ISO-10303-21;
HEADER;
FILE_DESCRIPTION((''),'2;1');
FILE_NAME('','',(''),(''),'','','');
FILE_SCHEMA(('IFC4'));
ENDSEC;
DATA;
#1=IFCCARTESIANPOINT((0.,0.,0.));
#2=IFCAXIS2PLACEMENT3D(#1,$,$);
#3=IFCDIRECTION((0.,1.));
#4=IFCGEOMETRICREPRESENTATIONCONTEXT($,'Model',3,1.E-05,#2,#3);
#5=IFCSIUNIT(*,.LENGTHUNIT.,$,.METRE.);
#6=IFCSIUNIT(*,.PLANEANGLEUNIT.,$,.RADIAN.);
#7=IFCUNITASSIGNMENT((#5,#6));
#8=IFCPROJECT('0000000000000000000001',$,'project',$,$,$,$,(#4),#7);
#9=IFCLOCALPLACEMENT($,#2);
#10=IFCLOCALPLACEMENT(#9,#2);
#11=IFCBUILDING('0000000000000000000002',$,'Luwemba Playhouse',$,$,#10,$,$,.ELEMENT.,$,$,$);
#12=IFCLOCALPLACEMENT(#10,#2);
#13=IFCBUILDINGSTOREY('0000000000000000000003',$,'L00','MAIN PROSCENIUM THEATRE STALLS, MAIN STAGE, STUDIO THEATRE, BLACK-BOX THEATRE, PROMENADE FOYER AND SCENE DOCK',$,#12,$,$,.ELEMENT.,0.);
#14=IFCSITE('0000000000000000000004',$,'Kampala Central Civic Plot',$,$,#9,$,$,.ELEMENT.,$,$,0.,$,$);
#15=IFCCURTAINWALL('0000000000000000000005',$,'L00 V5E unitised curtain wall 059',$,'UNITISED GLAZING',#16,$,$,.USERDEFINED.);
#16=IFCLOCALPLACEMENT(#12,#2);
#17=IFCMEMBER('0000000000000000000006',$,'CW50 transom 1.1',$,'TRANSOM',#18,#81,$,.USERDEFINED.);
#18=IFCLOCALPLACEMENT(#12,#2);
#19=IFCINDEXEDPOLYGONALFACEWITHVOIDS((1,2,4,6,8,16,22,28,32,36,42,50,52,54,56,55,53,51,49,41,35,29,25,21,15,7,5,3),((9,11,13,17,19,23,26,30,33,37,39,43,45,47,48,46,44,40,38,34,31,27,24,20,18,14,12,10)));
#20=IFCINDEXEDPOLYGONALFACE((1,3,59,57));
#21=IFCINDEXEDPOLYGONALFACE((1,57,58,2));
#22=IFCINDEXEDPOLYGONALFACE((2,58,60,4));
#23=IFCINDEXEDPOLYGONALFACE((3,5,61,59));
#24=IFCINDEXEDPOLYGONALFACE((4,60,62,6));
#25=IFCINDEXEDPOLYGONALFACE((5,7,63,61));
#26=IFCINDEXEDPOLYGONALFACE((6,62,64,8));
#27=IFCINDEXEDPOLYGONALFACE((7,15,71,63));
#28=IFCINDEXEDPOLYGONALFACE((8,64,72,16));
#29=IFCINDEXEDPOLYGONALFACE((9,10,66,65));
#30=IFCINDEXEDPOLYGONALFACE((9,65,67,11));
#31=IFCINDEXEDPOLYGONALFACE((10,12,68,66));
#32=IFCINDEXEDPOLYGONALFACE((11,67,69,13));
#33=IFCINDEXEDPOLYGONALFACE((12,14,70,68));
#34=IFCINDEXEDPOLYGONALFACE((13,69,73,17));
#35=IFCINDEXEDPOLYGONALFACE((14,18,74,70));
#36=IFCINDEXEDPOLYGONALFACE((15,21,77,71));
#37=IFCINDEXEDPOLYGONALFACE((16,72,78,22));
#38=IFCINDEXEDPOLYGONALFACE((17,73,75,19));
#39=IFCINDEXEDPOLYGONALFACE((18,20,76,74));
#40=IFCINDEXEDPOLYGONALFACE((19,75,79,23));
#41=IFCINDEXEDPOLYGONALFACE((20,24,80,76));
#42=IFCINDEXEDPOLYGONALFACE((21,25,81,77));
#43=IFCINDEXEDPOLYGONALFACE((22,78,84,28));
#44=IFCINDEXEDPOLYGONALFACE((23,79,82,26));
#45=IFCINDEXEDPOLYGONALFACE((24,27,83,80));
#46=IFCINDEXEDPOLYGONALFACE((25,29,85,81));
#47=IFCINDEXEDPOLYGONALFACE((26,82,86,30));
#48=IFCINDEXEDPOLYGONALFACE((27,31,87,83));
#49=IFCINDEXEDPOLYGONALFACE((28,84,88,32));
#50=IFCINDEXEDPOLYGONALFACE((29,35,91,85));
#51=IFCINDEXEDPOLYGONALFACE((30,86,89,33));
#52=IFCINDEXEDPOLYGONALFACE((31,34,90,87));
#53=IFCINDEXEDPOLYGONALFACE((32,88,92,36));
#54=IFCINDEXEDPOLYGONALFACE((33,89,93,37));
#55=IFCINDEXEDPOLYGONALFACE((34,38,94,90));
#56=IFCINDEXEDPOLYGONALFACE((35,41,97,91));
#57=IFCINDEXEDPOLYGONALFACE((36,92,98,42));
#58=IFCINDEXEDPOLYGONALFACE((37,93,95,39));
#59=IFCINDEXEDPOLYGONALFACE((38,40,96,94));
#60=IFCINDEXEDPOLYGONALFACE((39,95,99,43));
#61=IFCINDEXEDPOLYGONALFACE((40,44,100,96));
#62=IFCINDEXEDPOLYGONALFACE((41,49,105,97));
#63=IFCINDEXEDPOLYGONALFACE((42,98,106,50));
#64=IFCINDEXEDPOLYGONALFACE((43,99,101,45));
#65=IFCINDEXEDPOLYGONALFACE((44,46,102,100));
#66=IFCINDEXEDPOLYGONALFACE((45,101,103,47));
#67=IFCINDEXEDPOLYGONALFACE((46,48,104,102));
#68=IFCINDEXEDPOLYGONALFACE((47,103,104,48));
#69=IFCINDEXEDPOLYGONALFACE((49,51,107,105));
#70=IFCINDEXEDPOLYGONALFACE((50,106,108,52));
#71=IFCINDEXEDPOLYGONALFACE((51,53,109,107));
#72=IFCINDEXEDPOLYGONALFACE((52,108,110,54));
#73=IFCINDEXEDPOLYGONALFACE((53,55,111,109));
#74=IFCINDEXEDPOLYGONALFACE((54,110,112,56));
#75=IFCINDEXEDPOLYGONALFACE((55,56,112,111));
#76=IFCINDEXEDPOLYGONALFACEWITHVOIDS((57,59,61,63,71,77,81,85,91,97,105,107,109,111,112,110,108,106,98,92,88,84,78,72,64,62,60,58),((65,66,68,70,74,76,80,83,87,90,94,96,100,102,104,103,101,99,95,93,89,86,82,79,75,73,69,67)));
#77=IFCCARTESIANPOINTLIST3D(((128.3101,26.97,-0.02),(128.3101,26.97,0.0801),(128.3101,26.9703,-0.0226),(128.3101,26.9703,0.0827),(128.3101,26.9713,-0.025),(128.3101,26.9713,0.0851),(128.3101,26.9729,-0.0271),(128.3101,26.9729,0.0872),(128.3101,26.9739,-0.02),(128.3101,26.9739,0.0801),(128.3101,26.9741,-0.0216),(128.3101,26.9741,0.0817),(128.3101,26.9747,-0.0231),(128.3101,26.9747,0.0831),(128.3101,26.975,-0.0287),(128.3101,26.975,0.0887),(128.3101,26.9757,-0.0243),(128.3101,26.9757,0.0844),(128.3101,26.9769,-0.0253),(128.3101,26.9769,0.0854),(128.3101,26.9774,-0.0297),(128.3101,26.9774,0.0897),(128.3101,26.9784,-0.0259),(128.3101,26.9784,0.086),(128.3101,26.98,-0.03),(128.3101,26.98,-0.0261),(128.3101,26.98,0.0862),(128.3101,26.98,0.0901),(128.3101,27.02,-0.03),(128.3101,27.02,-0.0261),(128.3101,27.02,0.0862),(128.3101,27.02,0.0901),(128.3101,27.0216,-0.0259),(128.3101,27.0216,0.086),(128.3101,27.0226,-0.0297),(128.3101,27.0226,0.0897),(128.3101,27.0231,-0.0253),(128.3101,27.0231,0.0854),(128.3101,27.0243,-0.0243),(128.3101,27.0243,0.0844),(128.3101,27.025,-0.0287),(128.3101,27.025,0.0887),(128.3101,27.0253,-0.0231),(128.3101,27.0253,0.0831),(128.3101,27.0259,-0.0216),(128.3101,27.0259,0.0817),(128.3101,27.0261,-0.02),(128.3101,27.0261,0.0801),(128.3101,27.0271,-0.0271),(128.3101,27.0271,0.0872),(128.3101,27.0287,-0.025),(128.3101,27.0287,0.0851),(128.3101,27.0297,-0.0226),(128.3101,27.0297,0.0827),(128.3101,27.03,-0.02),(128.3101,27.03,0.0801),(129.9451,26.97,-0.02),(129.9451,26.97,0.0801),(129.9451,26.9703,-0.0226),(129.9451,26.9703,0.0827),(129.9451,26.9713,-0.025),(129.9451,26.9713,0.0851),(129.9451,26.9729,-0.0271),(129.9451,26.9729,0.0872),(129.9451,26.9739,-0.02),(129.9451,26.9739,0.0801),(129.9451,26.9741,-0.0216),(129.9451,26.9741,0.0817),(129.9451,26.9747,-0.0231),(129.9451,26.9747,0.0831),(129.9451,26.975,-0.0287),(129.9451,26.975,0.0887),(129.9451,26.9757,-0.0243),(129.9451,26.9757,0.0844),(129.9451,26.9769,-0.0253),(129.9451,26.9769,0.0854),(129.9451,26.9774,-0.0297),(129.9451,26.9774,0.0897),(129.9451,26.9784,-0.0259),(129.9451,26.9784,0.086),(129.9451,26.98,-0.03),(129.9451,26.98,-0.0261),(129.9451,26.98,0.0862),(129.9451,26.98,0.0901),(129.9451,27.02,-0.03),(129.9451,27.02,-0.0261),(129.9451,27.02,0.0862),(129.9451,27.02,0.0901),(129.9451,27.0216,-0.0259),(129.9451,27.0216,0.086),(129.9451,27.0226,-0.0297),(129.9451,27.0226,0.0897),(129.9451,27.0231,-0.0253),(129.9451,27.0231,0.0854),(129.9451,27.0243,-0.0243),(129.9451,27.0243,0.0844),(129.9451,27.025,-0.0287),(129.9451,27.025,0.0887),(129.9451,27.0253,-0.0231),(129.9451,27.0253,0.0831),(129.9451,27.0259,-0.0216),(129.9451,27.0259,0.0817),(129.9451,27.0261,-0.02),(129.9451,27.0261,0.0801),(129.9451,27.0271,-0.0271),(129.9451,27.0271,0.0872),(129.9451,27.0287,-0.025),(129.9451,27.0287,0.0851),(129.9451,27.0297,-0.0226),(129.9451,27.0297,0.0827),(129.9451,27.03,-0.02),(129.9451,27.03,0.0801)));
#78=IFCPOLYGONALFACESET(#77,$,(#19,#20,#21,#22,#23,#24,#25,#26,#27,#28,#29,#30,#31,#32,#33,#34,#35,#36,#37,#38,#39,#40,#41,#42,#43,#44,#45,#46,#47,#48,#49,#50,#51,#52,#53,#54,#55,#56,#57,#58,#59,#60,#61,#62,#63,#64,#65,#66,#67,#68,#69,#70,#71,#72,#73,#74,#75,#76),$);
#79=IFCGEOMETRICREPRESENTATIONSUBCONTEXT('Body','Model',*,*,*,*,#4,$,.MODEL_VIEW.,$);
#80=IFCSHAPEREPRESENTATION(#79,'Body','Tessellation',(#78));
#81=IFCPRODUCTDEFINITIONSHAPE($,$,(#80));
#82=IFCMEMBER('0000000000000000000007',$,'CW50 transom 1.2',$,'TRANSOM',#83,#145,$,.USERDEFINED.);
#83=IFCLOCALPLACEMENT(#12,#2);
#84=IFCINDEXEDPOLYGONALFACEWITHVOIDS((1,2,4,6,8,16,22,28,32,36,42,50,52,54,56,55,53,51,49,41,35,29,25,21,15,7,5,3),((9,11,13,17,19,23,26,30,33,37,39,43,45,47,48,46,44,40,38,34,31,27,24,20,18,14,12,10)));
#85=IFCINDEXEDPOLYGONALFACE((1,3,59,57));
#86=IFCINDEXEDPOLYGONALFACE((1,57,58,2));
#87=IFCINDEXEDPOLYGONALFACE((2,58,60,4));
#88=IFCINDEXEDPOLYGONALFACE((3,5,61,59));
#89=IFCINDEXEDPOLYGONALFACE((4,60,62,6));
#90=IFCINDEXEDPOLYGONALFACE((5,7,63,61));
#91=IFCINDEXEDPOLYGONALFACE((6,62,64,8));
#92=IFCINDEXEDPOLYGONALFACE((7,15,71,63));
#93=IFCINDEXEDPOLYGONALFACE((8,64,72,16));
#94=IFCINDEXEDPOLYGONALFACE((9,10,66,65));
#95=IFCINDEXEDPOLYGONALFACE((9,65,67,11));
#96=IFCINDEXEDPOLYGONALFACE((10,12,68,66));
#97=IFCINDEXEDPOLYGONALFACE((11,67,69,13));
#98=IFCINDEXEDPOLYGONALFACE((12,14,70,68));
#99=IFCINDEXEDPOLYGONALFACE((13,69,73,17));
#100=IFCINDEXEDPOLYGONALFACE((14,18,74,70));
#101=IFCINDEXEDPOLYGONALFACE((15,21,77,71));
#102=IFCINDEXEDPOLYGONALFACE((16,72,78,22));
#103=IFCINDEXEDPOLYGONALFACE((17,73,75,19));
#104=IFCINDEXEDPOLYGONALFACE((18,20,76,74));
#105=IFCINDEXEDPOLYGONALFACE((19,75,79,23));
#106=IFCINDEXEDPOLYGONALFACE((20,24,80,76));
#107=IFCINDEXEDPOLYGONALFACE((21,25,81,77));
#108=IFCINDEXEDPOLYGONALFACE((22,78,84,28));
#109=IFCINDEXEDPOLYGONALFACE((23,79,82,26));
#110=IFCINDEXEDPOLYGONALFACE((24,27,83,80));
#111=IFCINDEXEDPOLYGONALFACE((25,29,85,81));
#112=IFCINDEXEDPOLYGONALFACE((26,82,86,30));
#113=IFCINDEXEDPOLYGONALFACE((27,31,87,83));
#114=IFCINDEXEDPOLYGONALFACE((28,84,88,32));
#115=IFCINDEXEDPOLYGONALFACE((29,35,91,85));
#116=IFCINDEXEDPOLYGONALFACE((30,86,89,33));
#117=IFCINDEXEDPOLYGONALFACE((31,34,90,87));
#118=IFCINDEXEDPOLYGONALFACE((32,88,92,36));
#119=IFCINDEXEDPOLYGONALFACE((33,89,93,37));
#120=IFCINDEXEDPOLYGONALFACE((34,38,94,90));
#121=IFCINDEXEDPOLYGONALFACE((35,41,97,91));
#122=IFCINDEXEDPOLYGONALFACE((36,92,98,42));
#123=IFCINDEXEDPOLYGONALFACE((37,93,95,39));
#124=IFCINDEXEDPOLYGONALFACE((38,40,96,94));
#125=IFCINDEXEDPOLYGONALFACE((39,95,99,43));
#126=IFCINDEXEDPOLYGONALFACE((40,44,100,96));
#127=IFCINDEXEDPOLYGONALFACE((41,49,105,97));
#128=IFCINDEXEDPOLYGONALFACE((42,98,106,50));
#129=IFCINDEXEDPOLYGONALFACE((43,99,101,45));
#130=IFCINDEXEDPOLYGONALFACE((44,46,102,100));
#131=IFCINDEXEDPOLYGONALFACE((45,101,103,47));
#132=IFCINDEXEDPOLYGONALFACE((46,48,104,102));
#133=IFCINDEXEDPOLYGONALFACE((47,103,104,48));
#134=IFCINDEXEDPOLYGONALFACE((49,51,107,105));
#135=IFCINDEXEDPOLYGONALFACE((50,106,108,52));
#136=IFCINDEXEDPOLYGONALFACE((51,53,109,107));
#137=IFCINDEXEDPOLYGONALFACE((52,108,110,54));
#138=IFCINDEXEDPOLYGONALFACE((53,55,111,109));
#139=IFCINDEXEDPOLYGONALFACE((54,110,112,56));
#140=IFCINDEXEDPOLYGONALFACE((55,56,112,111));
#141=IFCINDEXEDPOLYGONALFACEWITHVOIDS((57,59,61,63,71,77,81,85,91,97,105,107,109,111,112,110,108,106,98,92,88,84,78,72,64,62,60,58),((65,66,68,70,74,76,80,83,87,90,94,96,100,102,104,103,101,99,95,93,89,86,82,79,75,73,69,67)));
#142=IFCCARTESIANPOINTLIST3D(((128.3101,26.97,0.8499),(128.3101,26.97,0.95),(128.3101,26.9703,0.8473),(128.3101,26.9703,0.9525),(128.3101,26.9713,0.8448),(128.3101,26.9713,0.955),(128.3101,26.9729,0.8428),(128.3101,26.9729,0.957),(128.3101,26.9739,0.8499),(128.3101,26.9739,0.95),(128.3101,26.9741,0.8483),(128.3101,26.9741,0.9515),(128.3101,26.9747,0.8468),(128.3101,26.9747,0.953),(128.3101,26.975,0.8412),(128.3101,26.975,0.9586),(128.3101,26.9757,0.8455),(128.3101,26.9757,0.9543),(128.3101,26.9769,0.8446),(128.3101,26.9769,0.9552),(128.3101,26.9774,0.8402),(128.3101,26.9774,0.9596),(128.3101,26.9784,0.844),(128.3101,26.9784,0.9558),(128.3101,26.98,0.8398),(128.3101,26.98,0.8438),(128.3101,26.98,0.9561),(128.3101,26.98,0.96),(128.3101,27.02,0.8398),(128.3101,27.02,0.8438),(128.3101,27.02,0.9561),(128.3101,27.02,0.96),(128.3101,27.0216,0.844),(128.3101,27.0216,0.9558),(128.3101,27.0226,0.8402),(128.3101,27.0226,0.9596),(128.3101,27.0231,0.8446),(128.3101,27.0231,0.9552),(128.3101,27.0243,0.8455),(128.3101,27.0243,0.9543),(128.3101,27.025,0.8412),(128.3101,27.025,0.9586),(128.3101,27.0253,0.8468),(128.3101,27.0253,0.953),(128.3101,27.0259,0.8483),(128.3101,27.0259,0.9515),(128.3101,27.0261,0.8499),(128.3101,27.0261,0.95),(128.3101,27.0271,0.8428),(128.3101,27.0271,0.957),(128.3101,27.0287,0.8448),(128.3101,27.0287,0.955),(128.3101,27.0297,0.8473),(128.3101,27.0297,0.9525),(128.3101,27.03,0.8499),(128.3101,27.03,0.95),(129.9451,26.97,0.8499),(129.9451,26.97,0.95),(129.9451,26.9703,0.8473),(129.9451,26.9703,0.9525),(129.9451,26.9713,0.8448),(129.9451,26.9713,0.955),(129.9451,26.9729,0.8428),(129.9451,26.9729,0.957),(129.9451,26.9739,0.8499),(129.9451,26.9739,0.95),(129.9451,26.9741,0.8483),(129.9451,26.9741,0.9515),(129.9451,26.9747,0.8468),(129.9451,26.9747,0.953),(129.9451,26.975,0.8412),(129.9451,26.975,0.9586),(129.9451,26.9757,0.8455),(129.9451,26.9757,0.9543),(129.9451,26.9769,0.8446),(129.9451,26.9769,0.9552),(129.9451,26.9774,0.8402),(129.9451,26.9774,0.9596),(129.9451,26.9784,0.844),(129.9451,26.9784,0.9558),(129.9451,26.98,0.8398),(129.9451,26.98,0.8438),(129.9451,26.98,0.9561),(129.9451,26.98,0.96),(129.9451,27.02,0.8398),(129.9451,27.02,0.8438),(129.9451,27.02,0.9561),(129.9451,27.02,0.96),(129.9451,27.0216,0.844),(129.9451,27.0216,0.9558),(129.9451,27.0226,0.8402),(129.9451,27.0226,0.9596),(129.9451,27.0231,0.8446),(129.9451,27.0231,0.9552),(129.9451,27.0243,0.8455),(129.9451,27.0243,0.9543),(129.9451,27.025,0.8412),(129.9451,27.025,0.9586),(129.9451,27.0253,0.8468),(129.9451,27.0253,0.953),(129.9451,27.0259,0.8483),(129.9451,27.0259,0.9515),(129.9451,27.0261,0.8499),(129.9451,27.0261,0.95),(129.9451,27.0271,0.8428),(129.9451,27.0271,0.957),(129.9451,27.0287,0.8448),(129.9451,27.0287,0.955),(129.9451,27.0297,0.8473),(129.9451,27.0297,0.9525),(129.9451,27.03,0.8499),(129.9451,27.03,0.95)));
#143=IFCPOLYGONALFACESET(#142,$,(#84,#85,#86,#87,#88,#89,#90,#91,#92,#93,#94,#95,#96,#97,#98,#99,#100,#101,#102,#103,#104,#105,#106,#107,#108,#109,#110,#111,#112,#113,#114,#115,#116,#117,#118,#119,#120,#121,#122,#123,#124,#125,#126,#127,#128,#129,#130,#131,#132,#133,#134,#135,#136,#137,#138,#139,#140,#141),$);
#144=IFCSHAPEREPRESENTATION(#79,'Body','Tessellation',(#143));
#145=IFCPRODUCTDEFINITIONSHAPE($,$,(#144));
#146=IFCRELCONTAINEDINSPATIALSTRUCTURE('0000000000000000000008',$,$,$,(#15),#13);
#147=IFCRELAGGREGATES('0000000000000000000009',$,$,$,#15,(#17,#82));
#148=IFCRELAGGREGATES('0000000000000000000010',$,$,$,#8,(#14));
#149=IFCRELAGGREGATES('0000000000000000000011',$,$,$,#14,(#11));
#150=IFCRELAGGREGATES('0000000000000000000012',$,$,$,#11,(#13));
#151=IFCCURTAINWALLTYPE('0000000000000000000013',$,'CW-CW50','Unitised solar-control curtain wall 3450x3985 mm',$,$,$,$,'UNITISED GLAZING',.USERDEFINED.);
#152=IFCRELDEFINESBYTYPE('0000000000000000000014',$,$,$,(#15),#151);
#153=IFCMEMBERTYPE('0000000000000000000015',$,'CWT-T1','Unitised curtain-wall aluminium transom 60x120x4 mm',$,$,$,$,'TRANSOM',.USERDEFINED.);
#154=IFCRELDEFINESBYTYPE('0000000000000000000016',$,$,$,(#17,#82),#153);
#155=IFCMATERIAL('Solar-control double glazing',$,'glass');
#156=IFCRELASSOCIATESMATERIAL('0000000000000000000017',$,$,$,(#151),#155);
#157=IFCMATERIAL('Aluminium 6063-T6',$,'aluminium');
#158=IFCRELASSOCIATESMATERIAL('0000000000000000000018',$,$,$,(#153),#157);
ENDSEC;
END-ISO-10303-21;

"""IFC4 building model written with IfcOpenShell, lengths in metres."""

from ifc_helpers import new_model, si_unit, direction, frame, origin, origin_2d, place, context, subcontext, project, spatial, hollow_rectangle, extrude, material, material_profile, profile_set, type_object, element, aggregate, save


model = new_model("IFC4")

# Units and contexts
model_context = context("Model", 3, precision=1e-05, world=origin(), true_north=direction((0.0, 1.0)))
body_context = subcontext(model_context, "Body", "Model", "MODEL_VIEW")
ifc_project = project(units=[si_unit("LENGTHUNIT", "METRE"), si_unit("PLANEANGLEUNIT", "RADIAN")], contexts=[model_context])

# Site, building, storey
site_placement = place(None, origin())
site = spatial("IfcSite", under=ifc_project, at=site_placement, Name="Kampala Central Civic Plot", CompositionType="ELEMENT", RefElevation=0.0)
building_placement = place(site_placement, origin())
building = spatial("IfcBuilding", under=site, at=building_placement, Name="Luwemba Playhouse", CompositionType="ELEMENT")
storey_placement = place(building_placement, origin())
storey = spatial("IfcBuildingStorey", under=building, at=storey_placement, Name="L00", Description="MAIN PROSCENIUM THEATRE STALLS, MAIN STAGE, STUDIO THEATRE, BLACK-BOX THEATRE, PROMENADE FOYER AND SCENE DOCK", CompositionType="ELEMENT", Elevation=0.0)

# Curtain wall
ifc_material_1 = material(Name="Solar-control double glazing", Category="glass")
curtain_wall_type_1 = type_object("IfcCurtainWallType", Name="CW-CW50", Description="Unitised solar-control curtain wall 3450x3985 mm", ElementType="UNITISED GLAZING", PredefinedType="USERDEFINED", material=ifc_material_1)
curtain_wall_1_placement = place(storey_placement, origin())
curtain_wall_1 = element("IfcCurtainWall", 1, at=curtain_wall_1_placement, inside=storey, type_object=curtain_wall_type_1, Name="L00 V5E unitised curtain wall 059", ObjectType="UNITISED GLAZING", PredefinedType="USERDEFINED")
ifc_material_2 = material(Name="Aluminium 6063-T6", Category="aluminium")

# Members
ifc_material_profile_1 = material_profile(ifc_material_2, hollow_rectangle(XDim=0.0601, YDim=0.1201, WallThickness=0.0039, InnerFilletRadius=0.0061, OuterFilletRadius=0.01, at=origin_2d()))
ifc_profile_set_1 = profile_set([ifc_material_profile_1], Name="Aluminium 6063-T6")
member_type_1 = type_object("IfcMemberType", Name="CWT-T1", Description="Unitised curtain-wall aluminium transom 60x120x4 mm", ElementType="TRANSOM", PredefinedType="USERDEFINED", material=ifc_profile_set_1)
member_1_placement = place(storey_placement, frame((128.3101, 27.0, 0.03), z_axis=(1.0, 0.0, 0.0), x_axis=(0.0, 1.0, 0.0)))
member_1 = element("IfcMember", 2, at=member_1_placement, type_object=member_type_1, Name="CW50 transom 1.1", ObjectType="TRANSOM", PredefinedType="USERDEFINED", context=body_context, shape_type="SweptSolid", body=[
    extrude(hollow_rectangle(XDim=0.0601, YDim=0.1201, WallThickness=0.0039, InnerFilletRadius=0.0061, OuterFilletRadius=0.01, at=origin_2d()), origin(), (0.0, 0.0, 1.0), 1.635),
])
member_2_placement = place(storey_placement, frame((128.3101, 27.0, 0.8999), z_axis=(1.0, 0.0, 0.0), x_axis=(0.0, 1.0, 0.0)))
member_2 = element("IfcMember", 3, at=member_2_placement, type_object=member_type_1, Name="CW50 transom 1.2", ObjectType="TRANSOM", PredefinedType="USERDEFINED", context=body_context, shape_type="SweptSolid", body=[
    extrude(hollow_rectangle(XDim=0.0601, YDim=0.1201, WallThickness=0.0039, InnerFilletRadius=0.0061, OuterFilletRadius=0.01, at=origin_2d()), origin(), (0.0, 0.0, 1.0), 1.635),
])

aggregate(curtain_wall_1, [member_1, member_2])

save(model, "model.ifc")
